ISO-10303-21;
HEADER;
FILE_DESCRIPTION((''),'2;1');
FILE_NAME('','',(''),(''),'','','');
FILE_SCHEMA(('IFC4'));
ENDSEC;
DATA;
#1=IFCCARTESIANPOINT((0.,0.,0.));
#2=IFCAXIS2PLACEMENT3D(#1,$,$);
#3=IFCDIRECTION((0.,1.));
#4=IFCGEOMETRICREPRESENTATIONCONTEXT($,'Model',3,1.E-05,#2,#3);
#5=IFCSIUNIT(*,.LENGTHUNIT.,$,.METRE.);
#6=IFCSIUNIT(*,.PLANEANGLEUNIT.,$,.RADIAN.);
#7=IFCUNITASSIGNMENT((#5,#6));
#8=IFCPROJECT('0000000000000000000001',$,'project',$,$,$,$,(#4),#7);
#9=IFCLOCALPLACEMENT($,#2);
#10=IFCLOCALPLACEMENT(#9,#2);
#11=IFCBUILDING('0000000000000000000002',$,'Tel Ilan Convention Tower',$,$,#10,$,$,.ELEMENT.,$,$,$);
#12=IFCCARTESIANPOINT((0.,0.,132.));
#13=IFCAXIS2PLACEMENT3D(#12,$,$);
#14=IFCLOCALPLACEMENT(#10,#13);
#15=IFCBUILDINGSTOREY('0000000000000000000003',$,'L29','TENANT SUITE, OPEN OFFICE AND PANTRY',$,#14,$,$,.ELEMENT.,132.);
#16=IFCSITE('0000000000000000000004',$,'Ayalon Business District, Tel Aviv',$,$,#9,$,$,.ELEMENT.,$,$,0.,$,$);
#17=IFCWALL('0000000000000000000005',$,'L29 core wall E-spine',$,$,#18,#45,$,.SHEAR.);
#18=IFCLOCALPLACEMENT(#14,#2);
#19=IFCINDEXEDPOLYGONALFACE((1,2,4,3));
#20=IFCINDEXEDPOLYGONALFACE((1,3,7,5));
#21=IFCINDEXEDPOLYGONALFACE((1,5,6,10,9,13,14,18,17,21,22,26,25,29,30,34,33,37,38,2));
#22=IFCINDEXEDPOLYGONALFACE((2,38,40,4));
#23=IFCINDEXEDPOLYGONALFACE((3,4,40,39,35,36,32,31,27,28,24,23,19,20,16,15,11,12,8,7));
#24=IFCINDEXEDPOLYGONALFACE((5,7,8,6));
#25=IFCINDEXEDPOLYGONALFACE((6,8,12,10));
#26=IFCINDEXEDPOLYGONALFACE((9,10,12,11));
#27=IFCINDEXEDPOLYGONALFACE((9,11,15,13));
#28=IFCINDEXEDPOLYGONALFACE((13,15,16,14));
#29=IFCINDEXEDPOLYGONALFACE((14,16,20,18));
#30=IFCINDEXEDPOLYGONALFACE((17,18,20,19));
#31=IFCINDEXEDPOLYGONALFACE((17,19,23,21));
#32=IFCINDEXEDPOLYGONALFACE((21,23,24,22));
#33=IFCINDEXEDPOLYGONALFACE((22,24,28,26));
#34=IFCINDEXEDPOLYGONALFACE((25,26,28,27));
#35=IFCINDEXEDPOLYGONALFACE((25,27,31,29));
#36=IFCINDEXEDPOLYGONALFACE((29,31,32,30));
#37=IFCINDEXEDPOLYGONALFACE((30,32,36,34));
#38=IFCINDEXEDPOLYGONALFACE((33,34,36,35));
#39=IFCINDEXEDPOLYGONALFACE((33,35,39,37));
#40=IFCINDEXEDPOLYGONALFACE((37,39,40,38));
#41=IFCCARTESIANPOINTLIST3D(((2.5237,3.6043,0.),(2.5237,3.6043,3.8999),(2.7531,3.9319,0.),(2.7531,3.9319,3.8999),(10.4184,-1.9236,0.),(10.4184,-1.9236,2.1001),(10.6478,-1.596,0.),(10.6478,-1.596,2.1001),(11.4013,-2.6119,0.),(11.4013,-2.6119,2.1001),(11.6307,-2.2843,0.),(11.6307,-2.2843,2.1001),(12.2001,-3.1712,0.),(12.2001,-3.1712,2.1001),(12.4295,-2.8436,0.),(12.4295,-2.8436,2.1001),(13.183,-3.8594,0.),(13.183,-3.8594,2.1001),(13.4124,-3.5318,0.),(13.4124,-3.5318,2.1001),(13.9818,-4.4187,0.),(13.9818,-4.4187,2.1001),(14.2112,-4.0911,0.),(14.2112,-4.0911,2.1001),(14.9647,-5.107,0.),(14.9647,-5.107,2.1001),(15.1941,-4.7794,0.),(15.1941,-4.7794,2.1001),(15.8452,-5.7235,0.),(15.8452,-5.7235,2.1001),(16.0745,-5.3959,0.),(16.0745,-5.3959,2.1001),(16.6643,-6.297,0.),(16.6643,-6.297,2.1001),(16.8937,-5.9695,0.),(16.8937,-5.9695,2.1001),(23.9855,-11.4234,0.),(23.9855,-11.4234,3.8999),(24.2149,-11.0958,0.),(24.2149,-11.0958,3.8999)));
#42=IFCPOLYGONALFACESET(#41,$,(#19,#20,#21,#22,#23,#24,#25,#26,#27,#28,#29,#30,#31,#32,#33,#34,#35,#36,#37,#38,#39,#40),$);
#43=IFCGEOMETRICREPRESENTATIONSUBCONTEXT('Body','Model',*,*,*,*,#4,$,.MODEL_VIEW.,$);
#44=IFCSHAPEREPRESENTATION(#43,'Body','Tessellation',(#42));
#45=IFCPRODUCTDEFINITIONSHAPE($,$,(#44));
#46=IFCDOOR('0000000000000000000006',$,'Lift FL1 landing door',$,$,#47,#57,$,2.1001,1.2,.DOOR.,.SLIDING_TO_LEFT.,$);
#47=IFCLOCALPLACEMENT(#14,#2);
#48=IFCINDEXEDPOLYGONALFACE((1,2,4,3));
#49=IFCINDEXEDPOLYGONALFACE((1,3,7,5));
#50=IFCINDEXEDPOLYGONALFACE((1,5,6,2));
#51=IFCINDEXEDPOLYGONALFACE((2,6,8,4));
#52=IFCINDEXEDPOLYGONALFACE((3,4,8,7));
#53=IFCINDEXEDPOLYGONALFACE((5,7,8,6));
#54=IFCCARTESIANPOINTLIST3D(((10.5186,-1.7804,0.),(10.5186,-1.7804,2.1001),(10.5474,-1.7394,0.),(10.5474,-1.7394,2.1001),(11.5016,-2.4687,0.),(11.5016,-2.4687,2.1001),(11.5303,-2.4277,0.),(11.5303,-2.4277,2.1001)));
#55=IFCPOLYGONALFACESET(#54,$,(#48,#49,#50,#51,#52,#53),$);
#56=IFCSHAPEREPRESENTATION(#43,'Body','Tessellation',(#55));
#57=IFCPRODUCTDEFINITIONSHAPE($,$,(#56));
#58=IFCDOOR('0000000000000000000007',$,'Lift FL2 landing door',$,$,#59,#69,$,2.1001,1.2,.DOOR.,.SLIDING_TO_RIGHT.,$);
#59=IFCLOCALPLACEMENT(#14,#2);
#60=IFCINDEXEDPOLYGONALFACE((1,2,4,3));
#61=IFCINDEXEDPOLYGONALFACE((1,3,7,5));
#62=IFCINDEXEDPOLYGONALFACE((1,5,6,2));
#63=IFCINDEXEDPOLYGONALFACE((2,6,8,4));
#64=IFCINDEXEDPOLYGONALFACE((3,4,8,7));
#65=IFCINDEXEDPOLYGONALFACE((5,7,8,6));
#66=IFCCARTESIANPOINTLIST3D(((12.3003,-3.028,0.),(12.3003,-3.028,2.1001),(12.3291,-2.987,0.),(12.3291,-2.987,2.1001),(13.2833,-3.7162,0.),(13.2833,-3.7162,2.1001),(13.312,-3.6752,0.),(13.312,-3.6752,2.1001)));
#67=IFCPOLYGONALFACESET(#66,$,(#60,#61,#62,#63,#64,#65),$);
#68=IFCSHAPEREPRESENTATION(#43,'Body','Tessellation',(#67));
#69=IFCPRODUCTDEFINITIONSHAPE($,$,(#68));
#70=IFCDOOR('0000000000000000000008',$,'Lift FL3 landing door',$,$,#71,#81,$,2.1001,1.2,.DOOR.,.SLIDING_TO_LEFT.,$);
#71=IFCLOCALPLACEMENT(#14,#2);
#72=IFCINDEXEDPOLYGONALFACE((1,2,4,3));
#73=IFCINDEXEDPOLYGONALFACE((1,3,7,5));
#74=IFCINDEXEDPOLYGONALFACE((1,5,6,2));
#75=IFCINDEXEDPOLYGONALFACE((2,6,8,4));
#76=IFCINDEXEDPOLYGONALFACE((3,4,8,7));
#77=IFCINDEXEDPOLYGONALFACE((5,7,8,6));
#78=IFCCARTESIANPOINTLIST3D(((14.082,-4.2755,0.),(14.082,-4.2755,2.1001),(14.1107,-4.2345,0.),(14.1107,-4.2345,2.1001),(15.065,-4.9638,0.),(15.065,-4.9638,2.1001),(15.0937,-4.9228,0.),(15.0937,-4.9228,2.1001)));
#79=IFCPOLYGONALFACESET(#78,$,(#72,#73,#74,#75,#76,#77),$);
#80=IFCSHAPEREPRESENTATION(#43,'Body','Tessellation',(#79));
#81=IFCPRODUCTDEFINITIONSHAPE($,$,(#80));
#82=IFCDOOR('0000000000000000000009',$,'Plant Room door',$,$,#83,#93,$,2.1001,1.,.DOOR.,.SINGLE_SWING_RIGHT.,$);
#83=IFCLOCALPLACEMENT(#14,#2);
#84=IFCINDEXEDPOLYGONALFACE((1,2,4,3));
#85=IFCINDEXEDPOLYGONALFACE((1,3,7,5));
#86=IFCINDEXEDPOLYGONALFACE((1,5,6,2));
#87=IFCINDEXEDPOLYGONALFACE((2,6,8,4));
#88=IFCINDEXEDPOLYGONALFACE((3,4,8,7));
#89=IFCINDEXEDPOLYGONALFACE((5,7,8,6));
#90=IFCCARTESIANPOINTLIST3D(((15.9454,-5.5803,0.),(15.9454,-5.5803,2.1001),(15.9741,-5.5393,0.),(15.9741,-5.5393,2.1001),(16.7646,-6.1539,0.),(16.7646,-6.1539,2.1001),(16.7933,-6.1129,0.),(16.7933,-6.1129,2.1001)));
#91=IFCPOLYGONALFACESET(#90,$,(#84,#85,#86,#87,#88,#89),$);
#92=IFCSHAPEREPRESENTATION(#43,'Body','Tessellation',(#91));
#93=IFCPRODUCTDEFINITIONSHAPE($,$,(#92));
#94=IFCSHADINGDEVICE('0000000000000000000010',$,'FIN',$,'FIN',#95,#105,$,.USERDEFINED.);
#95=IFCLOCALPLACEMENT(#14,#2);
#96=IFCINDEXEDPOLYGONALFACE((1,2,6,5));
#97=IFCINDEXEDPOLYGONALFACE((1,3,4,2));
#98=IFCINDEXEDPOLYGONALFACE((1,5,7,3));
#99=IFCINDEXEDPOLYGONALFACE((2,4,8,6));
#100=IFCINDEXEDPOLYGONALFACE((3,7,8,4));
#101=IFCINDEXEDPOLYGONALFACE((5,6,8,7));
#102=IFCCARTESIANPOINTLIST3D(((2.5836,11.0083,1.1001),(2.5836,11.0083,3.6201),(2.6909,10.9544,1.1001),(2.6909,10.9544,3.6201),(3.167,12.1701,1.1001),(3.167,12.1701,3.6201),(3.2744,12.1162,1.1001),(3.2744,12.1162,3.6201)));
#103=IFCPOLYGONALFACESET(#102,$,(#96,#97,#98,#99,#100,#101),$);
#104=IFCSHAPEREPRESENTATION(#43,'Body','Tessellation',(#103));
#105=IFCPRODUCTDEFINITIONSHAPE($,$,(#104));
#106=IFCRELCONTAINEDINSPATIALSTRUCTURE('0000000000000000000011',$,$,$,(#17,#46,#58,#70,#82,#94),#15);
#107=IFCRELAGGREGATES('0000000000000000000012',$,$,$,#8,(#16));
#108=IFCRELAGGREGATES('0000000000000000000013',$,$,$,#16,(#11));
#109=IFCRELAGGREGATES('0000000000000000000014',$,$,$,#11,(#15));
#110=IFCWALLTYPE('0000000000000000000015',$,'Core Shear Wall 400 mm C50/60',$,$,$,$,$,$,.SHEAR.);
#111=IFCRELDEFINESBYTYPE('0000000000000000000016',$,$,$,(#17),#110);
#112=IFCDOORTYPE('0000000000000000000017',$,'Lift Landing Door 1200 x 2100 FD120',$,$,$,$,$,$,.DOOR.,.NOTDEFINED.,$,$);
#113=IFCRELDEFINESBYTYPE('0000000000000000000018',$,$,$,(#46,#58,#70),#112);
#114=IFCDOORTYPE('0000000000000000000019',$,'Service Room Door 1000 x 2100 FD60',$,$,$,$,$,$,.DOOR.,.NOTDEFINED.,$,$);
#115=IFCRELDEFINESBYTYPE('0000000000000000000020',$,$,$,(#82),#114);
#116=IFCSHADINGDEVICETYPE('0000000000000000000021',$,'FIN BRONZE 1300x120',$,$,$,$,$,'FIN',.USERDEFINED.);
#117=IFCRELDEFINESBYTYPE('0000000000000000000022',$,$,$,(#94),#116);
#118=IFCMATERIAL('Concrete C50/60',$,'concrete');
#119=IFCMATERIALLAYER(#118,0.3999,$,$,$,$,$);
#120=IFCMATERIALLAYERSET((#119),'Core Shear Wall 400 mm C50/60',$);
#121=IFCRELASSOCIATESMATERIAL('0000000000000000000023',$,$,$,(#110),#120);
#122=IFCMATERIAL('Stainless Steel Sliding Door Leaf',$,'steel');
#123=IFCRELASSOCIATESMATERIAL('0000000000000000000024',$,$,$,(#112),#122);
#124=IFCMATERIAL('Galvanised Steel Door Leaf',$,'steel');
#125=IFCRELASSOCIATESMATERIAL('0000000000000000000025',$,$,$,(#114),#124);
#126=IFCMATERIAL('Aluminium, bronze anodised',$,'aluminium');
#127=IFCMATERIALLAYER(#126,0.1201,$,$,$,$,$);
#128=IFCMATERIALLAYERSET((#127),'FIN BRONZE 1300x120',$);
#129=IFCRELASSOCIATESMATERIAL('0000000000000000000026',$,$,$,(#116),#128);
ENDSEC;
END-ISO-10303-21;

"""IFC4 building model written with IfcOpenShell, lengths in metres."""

from ifc_helpers import new_model, si_unit, direction, frame, frame_2d, origin, origin_2d, place, context, subcontext, project, spatial, polyline, rectangle, outline, extrude, material, layer, layer_set, type_object, element, fill, save


model = new_model("IFC4")

# Units and contexts
model_context = context("Model", 3, precision=1e-05, world=origin(), true_north=direction((0.0, 1.0)))
body_context = subcontext(model_context, "Body", "Model", "MODEL_VIEW")
ifc_project = project(units=[si_unit("LENGTHUNIT", "METRE"), si_unit("PLANEANGLEUNIT", "RADIAN")], contexts=[model_context])

# Site, building, storey
site_placement = place(None, origin())
site = spatial("IfcSite", under=ifc_project, at=site_placement, Name="Ayalon Business District, Tel Aviv", CompositionType="ELEMENT", RefElevation=0.0)
building_placement = place(site_placement, origin())
building = spatial("IfcBuilding", under=site, at=building_placement, Name="Tel Ilan Convention Tower", CompositionType="ELEMENT")
storey_placement = place(building_placement, frame((0.0, 0.0, 132.0)))
storey = spatial("IfcBuildingStorey", under=building, at=storey_placement, Name="L29", Description="TENANT SUITE, OPEN OFFICE AND PANTRY", CompositionType="ELEMENT", Elevation=132.0)

# Wall, openings, doors
ifc_material_1 = material(Name="Concrete C50/60", Category="concrete")
ifc_layer_1 = layer(ifc_material_1, 0.3999)
ifc_layer_set_1 = layer_set([ifc_layer_1], Name="Core Shear Wall 400 mm C50/60")
wall_type_1 = type_object("IfcWallType", Name="Core Shear Wall 400 mm C50/60", PredefinedType="SHEAR", material=ifc_layer_set_1)
wall_1_placement = place(storey_placement, frame((2.6384, 3.7681, 0.0), z_axis=(0.0, 0.0, 1.0), x_axis=(0.819153, -0.573576, 0.0)))
wall_1 = element("IfcWall", 1, at=wall_1_placement, inside=storey, type_object=wall_type_1, Name="L29 core wall E-spine", PredefinedType="SHEAR", context=body_context, shape_type="SweptSolid", body=[
    extrude(outline(polyline([(0.0, 0.2), (0.0, -0.2), (26.2, -0.2), (26.2, 0.2), (0.0, 0.2)])), origin(), (0.0, 0.0, 1.0), 3.8999),
])
opening_1_placement = place(wall_1_placement, frame((9.6375, 0.0, 0.0)))
opening_1 = element("IfcOpeningElement", 2, at=opening_1_placement, cuts=wall_1, PredefinedType="OPENING", context=body_context, shape_type="SweptSolid", body=[
    extrude(rectangle(XDim=1.2, YDim=2.1001, at=frame_2d((0.6001, 1.05))), frame((0.0, 0.21, 0.0), z_axis=(0.0, -1.0, 0.0), x_axis=(1.0, 0.0, 0.0)), (0.0, 0.0, 1.0), 0.4199),
])
opening_2_placement = place(wall_1_placement, frame((11.8125, 0.0, 0.0)))
opening_2 = element("IfcOpeningElement", 3, at=opening_2_placement, cuts=wall_1, PredefinedType="OPENING", context=body_context, shape_type="SweptSolid", body=[
    extrude(rectangle(XDim=1.2, YDim=2.1001, at=frame_2d((0.6001, 1.05))), frame((0.0, 0.21, 0.0), z_axis=(0.0, -1.0, 0.0), x_axis=(1.0, 0.0, 0.0)), (0.0, 0.0, 1.0), 0.4199),
])
opening_3_placement = place(wall_1_placement, frame((13.9875, 0.0, 0.0)))
opening_3 = element("IfcOpeningElement", 4, at=opening_3_placement, cuts=wall_1, PredefinedType="OPENING", context=body_context, shape_type="SweptSolid", body=[
    extrude(rectangle(XDim=1.2, YDim=2.1001, at=frame_2d((0.6001, 1.05))), frame((0.0, 0.21, 0.0), z_axis=(0.0, -1.0, 0.0), x_axis=(1.0, 0.0, 0.0)), (0.0, 0.0, 1.0), 0.4199),
])
opening_4_placement = place(wall_1_placement, frame((16.2625, 0.0, 0.0)))
opening_4 = element("IfcOpeningElement", 5, at=opening_4_placement, cuts=wall_1, PredefinedType="OPENING", context=body_context, shape_type="SweptSolid", body=[
    extrude(rectangle(XDim=1.0, YDim=2.1001, at=frame_2d((0.5, 1.05))), frame((0.0, 0.21, 0.0), z_axis=(0.0, -1.0, 0.0), x_axis=(1.0, 0.0, 0.0)), (0.0, 0.0, 1.0), 0.4199),
])
ifc_material_2 = material(Name="Stainless Steel Sliding Door Leaf", Category="steel")
door_type_1 = type_object("IfcDoorType", Name="Lift Landing Door 1200 x 2100 FD120", OperationType="NOTDEFINED", PredefinedType="DOOR", material=ifc_material_2)
door_1_placement = place(opening_1_placement, origin())
door_1 = element("IfcDoor", 6, at=door_1_placement, inside=storey, type_object=door_type_1, Name="Lift FL1 landing door", OperationType="SLIDING_TO_LEFT", OverallHeight=2.1001, OverallWidth=1.2, PredefinedType="DOOR", context=body_context, shape_type="SweptSolid", body=[
    extrude(rectangle(XDim=1.2, YDim=2.1001, at=frame_2d((0.6001, 1.05))), frame((0.0, 0.0249, 0.0), z_axis=(0.0, -1.0, 0.0), x_axis=(1.0, 0.0, 0.0)), (0.0, 0.0, 1.0), 0.05),
])
fill(opening_1, door_1)
door_2_placement = place(opening_2_placement, origin())
door_2 = element("IfcDoor", 7, at=door_2_placement, inside=storey, type_object=door_type_1, Name="Lift FL2 landing door", OperationType="SLIDING_TO_RIGHT", OverallHeight=2.1001, OverallWidth=1.2, PredefinedType="DOOR", context=body_context, shape_type="SweptSolid", body=[
    extrude(rectangle(XDim=1.2, YDim=2.1001, at=frame_2d((0.6001, 1.05))), frame((0.0, 0.0249, 0.0), z_axis=(0.0, -1.0, 0.0), x_axis=(1.0, 0.0, 0.0)), (0.0, 0.0, 1.0), 0.05),
])
fill(opening_2, door_2)
door_3_placement = place(opening_3_placement, origin())
door_3 = element("IfcDoor", 8, at=door_3_placement, inside=storey, type_object=door_type_1, Name="Lift FL3 landing door", OperationType="SLIDING_TO_LEFT", OverallHeight=2.1001, OverallWidth=1.2, PredefinedType="DOOR", context=body_context, shape_type="SweptSolid", body=[
    extrude(rectangle(XDim=1.2, YDim=2.1001, at=frame_2d((0.6001, 1.05))), frame((0.0, 0.0249, 0.0), z_axis=(0.0, -1.0, 0.0), x_axis=(1.0, 0.0, 0.0)), (0.0, 0.0, 1.0), 0.05),
])
fill(opening_3, door_3)
ifc_material_3 = material(Name="Galvanised Steel Door Leaf", Category="steel")
door_type_2 = type_object("IfcDoorType", Name="Service Room Door 1000 x 2100 FD60", OperationType="NOTDEFINED", PredefinedType="DOOR", material=ifc_material_3)
door_4_placement = place(opening_4_placement, origin())
door_4 = element("IfcDoor", 9, at=door_4_placement, inside=storey, type_object=door_type_2, Name="Plant Room door", OperationType="SINGLE_SWING_RIGHT", OverallHeight=2.1001, OverallWidth=1.0, PredefinedType="DOOR", context=body_context, shape_type="SweptSolid", body=[
    extrude(rectangle(XDim=1.0, YDim=2.1001, at=frame_2d((0.5, 1.05))), frame((0.0, 0.0249, 0.0), z_axis=(0.0, -1.0, 0.0), x_axis=(1.0, 0.0, 0.0)), (0.0, 0.0, 1.0), 0.05),
])
fill(opening_4, door_4)

# Shading device
ifc_material_4 = material(Name="Aluminium, bronze anodised", Category="aluminium")
ifc_layer_2 = layer(ifc_material_4, 0.1201)
ifc_layer_set_2 = layer_set([ifc_layer_2], Name="FIN BRONZE 1300x120")
shading_device_type_1 = type_object("IfcShadingDeviceType", Name="FIN BRONZE 1300x120", ElementType="FIN", PredefinedType="USERDEFINED", material=ifc_layer_set_2)
shading_device_1_placement = place(storey_placement, frame((2.929, 11.5623, 1.1001), z_axis=(0.0, 0.0, 1.0), x_axis=(0.448799, 0.893633, 0.0)))
element("IfcShadingDevice", 10, at=shading_device_1_placement, inside=storey, type_object=shading_device_type_1, Name="FIN", ObjectType="FIN", PredefinedType="USERDEFINED", context=body_context, shape_type="SweptSolid", body=[
    extrude(rectangle(XDim=1.3, YDim=0.1201, at=origin_2d()), origin(), (0.0, 0.0, 1.0), 2.52),
])

save(model, "model.ifc")
